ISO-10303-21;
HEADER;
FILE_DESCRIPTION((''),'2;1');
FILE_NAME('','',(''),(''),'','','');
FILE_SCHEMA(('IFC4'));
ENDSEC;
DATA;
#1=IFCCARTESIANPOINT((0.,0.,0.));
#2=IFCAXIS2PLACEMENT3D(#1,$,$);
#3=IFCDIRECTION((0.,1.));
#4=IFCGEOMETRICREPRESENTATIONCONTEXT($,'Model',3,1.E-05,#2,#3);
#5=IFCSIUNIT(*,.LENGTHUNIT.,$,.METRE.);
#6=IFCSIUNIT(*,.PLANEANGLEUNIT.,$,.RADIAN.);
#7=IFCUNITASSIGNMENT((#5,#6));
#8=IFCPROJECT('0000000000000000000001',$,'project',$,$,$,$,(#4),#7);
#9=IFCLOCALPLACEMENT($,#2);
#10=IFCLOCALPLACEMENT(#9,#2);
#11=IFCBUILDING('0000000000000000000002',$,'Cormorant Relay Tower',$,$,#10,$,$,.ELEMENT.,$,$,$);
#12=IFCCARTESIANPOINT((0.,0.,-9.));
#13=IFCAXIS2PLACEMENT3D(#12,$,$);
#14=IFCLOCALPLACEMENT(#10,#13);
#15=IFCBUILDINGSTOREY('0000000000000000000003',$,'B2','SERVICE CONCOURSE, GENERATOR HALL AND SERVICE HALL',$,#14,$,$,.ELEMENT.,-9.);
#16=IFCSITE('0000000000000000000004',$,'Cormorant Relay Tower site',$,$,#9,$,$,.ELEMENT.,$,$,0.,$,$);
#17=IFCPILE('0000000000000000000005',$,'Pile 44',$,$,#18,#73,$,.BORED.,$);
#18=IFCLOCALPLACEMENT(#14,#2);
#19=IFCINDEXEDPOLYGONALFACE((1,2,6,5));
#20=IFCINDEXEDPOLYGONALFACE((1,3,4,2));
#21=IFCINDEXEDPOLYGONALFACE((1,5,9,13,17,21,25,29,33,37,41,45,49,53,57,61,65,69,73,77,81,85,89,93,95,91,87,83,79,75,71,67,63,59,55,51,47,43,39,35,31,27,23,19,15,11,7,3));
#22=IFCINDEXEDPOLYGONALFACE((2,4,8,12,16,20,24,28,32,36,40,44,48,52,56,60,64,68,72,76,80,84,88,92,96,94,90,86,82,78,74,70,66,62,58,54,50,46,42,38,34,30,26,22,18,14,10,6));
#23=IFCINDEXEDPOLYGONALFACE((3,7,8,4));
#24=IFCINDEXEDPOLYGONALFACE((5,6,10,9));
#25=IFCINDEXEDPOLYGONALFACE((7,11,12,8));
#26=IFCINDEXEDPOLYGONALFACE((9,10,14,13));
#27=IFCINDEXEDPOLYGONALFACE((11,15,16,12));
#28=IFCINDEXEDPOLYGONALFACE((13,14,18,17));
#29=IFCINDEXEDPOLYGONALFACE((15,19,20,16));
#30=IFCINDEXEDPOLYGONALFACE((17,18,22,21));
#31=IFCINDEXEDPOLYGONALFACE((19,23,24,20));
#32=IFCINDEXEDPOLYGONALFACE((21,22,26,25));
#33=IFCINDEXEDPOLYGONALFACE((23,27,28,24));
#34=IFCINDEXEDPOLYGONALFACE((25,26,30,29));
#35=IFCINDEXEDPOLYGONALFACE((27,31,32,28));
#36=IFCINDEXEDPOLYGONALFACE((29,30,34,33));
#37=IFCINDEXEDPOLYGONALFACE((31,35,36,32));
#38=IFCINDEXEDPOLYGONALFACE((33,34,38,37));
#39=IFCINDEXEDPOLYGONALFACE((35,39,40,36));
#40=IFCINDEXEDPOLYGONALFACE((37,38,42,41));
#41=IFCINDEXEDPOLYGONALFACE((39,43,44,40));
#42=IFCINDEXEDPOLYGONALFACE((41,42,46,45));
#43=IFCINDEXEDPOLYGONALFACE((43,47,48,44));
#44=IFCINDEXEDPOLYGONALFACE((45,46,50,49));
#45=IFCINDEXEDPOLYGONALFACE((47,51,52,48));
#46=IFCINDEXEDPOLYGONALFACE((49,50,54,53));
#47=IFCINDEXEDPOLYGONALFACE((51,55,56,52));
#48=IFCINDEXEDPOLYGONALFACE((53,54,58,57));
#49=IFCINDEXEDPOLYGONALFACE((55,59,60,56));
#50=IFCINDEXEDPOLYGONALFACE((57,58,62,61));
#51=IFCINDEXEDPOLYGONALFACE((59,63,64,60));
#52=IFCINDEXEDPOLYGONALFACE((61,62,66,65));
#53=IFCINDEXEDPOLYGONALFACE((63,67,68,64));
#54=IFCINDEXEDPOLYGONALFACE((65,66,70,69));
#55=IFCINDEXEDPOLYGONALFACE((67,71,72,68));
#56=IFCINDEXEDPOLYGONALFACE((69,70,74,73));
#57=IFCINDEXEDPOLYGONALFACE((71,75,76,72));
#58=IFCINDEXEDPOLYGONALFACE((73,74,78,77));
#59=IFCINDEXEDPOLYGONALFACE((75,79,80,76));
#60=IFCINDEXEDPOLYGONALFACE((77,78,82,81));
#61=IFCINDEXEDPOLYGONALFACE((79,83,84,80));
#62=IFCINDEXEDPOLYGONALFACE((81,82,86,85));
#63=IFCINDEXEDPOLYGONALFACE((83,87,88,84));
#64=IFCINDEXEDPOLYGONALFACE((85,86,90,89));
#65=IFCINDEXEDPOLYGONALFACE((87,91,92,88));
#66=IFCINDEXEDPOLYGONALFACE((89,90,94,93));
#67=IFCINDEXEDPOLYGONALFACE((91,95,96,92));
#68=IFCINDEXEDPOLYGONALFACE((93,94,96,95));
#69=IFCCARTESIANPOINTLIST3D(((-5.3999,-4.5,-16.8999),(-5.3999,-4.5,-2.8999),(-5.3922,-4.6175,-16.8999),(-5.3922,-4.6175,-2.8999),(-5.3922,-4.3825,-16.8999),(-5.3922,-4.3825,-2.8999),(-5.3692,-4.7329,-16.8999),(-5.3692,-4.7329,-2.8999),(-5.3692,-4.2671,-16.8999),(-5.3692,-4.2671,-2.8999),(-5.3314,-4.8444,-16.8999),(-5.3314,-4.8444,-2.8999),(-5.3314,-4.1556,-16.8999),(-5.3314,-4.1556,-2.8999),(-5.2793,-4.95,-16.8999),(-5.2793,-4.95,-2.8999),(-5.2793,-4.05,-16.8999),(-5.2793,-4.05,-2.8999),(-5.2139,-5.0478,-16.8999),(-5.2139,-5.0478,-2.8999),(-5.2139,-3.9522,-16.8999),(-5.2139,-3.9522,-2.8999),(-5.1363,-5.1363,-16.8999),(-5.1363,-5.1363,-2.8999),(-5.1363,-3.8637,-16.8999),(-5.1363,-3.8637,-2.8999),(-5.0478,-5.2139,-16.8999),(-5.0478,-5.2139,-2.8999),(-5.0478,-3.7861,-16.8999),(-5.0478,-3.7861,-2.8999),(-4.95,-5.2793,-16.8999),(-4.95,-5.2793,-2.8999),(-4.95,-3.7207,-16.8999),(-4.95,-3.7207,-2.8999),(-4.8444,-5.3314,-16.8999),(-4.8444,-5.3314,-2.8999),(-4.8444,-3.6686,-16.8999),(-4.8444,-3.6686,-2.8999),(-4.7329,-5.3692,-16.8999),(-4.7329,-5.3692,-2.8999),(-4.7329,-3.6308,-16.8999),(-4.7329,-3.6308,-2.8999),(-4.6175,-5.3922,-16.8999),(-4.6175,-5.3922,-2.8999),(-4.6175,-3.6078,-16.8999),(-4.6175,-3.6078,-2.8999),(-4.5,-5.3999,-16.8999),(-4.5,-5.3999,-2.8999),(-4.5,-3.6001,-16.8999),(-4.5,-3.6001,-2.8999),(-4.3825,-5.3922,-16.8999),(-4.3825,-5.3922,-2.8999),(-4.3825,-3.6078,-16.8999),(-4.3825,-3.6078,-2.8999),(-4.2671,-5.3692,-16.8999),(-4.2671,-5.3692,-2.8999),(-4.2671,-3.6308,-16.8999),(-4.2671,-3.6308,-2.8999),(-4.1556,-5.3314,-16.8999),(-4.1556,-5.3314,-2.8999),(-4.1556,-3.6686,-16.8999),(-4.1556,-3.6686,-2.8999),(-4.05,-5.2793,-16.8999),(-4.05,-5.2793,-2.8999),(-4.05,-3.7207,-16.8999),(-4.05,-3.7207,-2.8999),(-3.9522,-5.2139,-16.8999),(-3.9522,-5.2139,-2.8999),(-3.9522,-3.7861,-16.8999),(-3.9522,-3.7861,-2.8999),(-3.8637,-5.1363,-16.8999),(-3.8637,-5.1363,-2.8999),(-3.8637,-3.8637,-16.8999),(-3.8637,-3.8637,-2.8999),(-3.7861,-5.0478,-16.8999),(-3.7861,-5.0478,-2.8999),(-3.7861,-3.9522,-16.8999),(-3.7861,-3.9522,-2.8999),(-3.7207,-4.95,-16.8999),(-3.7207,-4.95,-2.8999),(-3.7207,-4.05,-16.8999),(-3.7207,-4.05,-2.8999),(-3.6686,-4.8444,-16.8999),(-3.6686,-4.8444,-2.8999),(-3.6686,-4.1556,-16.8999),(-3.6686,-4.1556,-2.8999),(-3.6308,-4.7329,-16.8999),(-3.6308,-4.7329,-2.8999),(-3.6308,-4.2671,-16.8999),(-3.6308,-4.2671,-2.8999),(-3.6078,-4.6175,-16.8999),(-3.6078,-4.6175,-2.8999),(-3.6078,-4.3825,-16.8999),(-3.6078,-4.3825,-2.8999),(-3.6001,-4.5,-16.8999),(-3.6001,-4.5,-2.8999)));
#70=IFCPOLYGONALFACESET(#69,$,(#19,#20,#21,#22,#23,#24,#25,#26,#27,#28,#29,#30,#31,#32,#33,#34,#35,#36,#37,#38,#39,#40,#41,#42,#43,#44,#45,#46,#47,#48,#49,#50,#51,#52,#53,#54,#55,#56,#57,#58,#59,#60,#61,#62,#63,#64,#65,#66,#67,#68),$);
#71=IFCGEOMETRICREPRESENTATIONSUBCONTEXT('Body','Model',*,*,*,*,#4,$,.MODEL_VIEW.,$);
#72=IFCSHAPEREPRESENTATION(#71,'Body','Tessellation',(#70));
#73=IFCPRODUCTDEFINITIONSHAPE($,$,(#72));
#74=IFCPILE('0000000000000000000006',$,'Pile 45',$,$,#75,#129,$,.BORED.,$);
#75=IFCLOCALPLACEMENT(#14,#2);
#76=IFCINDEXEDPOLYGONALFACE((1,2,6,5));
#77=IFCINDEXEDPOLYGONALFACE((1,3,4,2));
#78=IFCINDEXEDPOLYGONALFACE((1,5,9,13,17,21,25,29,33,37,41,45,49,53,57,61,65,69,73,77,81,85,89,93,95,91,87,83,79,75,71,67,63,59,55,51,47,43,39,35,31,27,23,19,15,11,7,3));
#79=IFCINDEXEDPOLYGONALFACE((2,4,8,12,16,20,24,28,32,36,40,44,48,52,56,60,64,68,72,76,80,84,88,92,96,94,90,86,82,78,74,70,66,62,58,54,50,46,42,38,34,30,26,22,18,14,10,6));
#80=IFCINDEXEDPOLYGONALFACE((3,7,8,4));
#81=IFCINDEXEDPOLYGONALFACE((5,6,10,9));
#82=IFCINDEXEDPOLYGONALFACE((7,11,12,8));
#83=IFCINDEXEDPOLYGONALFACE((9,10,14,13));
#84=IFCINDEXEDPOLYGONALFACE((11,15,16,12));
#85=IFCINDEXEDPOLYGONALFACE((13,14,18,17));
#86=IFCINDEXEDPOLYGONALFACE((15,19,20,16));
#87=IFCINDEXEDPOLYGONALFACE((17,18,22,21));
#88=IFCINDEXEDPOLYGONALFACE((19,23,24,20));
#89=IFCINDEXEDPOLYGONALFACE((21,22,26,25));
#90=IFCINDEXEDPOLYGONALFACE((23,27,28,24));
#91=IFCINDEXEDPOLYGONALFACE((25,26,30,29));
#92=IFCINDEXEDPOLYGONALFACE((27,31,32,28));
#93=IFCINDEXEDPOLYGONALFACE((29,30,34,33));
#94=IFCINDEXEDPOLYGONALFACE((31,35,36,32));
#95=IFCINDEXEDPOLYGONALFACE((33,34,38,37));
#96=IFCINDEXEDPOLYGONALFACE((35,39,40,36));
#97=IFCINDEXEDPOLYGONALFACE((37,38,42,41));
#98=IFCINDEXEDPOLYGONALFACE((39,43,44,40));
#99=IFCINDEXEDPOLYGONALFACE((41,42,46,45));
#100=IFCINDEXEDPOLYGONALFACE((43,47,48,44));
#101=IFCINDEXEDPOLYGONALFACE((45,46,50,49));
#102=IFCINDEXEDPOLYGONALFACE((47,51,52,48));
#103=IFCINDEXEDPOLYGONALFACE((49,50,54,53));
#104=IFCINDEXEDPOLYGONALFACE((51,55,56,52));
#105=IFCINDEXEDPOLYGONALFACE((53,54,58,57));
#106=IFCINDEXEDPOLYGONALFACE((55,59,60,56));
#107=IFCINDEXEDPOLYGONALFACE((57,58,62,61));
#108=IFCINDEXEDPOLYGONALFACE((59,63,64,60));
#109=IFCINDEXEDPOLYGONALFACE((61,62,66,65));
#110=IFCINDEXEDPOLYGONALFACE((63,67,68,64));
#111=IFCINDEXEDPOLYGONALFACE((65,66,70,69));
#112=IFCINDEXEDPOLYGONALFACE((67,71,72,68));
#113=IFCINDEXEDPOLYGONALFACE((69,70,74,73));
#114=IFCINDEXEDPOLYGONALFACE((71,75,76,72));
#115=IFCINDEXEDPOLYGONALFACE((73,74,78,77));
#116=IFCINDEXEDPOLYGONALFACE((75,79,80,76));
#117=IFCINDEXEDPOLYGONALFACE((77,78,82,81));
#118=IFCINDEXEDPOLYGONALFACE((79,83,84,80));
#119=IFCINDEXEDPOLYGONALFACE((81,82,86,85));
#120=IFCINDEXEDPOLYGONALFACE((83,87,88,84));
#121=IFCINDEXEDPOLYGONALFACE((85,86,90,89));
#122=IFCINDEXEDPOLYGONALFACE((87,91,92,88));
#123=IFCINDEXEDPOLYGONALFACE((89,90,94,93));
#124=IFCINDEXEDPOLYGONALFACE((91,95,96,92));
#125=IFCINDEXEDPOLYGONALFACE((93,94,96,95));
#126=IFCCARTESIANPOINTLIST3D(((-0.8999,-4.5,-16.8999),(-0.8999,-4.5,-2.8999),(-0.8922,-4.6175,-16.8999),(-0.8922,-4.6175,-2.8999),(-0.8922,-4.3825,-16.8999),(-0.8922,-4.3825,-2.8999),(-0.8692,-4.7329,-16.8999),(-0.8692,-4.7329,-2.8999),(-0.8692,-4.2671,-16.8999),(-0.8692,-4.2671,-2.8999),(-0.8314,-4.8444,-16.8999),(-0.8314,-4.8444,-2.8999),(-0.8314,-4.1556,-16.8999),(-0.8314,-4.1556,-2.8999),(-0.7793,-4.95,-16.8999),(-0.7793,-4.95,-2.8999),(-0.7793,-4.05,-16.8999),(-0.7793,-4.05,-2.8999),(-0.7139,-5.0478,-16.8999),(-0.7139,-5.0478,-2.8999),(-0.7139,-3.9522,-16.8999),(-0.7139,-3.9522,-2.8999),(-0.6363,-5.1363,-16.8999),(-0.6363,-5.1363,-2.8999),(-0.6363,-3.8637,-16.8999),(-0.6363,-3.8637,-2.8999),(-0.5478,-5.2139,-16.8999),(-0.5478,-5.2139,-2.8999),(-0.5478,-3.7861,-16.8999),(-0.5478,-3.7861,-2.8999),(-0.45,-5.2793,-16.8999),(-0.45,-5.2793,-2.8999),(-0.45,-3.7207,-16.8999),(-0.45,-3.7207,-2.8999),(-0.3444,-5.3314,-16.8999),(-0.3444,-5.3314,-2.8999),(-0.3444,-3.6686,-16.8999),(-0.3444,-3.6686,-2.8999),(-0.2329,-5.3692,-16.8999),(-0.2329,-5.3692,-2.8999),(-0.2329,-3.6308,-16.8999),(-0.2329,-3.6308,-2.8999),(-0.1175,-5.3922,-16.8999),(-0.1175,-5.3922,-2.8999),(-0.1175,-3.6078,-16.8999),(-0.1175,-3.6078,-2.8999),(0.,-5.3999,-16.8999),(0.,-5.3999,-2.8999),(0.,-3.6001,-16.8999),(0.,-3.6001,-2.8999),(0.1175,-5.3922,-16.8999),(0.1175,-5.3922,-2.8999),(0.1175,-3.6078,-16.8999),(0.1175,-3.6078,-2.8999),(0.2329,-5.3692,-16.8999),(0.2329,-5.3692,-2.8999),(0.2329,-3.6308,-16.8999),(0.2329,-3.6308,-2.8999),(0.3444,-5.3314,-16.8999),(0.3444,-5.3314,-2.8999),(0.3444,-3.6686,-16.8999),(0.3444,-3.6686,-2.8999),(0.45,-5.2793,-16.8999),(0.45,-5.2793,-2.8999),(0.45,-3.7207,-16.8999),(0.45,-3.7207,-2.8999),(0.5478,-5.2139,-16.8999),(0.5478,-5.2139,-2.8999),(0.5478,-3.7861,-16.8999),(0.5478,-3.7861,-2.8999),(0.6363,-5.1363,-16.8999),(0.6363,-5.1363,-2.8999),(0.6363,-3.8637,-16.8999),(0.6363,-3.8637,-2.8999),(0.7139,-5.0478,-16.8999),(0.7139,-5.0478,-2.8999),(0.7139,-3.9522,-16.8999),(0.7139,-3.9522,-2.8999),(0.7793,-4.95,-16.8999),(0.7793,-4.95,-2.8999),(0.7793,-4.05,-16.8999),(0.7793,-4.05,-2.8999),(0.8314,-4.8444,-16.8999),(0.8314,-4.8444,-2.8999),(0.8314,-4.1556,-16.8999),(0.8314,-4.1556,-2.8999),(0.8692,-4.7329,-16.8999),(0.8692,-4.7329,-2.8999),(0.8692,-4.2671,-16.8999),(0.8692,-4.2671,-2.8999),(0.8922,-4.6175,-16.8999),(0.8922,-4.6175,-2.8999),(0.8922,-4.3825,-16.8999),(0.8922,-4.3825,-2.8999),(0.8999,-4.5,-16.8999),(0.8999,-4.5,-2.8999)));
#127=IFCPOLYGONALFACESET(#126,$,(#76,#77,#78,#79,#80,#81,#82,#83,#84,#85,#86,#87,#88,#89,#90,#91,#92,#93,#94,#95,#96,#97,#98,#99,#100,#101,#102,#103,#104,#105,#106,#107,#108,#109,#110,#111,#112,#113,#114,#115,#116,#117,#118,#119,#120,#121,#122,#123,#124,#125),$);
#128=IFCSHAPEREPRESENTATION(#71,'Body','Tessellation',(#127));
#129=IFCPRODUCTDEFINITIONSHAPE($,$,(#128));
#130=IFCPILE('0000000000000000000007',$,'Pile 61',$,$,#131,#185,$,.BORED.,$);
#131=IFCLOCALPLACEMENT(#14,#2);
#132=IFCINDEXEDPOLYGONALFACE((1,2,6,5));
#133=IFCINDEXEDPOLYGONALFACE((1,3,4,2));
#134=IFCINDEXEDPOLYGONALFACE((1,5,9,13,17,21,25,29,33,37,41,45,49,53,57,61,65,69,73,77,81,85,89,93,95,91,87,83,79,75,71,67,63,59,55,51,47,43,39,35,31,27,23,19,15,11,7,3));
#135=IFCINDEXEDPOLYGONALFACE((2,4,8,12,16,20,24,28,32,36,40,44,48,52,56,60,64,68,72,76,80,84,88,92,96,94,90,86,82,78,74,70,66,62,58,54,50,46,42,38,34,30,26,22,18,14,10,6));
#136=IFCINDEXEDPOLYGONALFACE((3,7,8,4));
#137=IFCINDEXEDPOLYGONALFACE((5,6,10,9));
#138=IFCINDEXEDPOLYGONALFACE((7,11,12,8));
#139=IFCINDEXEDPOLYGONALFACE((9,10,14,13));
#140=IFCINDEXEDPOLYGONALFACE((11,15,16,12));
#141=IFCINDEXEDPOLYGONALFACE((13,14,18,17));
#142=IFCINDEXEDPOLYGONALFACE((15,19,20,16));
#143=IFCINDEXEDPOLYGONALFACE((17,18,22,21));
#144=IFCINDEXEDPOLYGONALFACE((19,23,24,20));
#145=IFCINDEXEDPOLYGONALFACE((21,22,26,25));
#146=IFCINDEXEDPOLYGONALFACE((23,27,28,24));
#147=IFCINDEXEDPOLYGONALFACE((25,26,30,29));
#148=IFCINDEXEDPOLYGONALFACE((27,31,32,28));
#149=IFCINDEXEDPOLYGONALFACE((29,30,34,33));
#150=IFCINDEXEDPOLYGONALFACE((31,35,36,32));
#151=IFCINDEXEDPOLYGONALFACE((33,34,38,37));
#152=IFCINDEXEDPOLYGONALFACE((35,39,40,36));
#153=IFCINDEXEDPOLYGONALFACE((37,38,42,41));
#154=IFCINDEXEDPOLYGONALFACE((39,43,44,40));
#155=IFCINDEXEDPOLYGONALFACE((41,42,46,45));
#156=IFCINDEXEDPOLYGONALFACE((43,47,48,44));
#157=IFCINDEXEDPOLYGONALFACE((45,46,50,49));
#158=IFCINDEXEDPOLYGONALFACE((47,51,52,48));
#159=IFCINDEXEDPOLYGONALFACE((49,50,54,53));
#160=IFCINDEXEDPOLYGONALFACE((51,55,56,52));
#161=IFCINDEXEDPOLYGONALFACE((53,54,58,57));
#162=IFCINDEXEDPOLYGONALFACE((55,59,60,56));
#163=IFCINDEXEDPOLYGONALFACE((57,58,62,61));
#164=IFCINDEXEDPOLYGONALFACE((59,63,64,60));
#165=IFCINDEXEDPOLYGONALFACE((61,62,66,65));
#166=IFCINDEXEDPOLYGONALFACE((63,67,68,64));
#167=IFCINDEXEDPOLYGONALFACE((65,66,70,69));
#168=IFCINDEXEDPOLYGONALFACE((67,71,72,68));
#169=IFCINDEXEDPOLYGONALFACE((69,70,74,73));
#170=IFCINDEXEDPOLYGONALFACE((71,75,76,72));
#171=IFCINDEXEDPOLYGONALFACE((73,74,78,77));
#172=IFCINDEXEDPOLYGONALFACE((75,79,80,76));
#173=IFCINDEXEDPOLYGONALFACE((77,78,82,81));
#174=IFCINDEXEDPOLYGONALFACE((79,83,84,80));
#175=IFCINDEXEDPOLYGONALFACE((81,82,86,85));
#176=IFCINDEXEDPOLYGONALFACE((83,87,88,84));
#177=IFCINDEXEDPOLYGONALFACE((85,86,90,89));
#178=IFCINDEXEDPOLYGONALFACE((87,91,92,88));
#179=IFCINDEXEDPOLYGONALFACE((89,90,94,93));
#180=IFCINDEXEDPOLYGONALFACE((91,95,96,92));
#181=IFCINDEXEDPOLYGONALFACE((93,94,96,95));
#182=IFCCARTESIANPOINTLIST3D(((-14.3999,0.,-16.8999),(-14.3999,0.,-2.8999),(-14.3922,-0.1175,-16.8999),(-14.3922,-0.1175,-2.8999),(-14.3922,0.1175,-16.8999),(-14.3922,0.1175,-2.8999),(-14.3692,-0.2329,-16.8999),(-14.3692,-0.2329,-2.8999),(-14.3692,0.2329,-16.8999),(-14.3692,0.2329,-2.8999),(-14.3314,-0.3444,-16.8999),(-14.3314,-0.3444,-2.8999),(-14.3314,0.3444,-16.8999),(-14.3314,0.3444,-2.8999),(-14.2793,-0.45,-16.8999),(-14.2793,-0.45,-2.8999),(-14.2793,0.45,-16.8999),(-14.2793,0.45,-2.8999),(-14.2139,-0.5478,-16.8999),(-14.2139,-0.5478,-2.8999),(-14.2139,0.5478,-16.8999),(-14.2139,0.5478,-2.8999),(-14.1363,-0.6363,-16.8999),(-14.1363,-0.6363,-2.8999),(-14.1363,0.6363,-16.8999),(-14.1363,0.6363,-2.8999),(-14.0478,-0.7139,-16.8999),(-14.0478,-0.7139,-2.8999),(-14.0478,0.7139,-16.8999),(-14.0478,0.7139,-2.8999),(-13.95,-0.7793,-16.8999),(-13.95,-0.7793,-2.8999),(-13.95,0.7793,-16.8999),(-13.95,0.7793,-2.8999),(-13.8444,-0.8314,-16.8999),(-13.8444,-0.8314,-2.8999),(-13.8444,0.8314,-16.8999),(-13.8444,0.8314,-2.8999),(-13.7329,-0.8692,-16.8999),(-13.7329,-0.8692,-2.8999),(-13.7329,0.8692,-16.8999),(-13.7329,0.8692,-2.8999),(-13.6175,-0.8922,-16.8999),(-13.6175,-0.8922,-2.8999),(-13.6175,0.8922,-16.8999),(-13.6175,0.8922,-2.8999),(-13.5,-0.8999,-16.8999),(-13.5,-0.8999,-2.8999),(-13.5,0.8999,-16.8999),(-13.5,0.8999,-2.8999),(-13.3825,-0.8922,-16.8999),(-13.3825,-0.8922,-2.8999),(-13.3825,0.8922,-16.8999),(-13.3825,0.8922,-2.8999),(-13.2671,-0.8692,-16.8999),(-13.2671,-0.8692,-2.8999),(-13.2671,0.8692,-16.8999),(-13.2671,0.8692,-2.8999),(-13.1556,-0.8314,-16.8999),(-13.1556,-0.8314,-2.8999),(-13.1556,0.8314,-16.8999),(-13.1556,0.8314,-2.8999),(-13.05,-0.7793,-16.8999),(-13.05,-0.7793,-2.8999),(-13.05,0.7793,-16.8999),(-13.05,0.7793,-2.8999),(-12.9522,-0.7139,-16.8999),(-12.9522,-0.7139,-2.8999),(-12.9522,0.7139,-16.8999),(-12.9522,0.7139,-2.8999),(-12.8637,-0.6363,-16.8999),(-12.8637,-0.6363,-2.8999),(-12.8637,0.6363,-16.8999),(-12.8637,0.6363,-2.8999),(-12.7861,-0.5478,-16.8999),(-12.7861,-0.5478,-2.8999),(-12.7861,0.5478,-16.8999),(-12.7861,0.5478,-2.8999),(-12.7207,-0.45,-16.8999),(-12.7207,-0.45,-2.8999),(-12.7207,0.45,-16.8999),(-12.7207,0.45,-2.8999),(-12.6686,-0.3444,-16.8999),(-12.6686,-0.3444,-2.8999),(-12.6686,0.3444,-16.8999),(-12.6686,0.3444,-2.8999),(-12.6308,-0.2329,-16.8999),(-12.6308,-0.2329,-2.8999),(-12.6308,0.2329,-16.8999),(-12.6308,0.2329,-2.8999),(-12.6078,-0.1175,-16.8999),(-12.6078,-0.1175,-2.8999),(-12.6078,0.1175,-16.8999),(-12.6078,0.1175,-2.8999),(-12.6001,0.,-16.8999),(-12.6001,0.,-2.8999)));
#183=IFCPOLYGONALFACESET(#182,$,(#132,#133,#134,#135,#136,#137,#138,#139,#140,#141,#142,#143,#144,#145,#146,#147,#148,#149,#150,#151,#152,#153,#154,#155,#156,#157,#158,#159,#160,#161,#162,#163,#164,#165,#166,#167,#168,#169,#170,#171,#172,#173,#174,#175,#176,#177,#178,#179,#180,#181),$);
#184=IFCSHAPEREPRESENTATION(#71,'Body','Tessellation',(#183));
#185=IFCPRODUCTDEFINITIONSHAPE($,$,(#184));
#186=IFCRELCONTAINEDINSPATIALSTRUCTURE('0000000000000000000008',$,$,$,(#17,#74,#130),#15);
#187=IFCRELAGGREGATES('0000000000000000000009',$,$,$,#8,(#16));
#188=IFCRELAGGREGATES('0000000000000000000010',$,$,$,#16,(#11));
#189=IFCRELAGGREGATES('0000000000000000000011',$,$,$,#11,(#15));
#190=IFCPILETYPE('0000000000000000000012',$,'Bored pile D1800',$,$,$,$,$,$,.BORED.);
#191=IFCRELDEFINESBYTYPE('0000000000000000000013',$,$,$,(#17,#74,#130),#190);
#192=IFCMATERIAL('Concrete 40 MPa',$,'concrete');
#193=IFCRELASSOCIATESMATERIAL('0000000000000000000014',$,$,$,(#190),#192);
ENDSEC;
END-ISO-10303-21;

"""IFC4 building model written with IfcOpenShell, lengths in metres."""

from ifc_helpers import new_model, si_unit, direction, frame, origin, origin_2d, place, context, subcontext, project, spatial, circle, extrude, material, material_profile, profile_set, type_object, element, save


model = new_model("IFC4")

# Units and contexts
model_context = context("Model", 3, precision=1e-05, world=origin(), true_north=direction((0.0, 1.0)))
body_context = subcontext(model_context, "Body", "Model", "MODEL_VIEW")
ifc_project = project(units=[si_unit("LENGTHUNIT", "METRE"), si_unit("PLANEANGLEUNIT", "RADIAN")], contexts=[model_context])

# Site, building, storey
site_placement = place(None, origin())
site = spatial("IfcSite", under=ifc_project, at=site_placement, Name="Cormorant Relay Tower site", CompositionType="ELEMENT", RefElevation=0.0)
building_placement = place(site_placement, origin())
building = spatial("IfcBuilding", under=site, at=building_placement, Name="Cormorant Relay Tower", CompositionType="ELEMENT")
storey_placement = place(building_placement, frame((0.0, 0.0, -9.0)))
storey = spatial("IfcBuildingStorey", under=building, at=storey_placement, Name="B2", Description="SERVICE CONCOURSE, GENERATOR HALL AND SERVICE HALL", CompositionType="ELEMENT", Elevation=-9.0)

# Piles
ifc_material_1 = material(Name="Concrete 40 MPa", Category="concrete")
ifc_material_profile_1 = material_profile(ifc_material_1, circle(Radius=0.8999, at=origin_2d()), Name="BP1800")
ifc_profile_set_1 = profile_set([ifc_material_profile_1], Name="Concrete 40 MPa")
pile_type = type_object("IfcPileType", Name="Bored pile D1800", PredefinedType="BORED", material=ifc_profile_set_1)
for number, where, z_axis, x_axis, name in (
    (1, (-4.5, -4.5, -2.8999), (0.0, 0.0, -1.0), (1.0, 0.0, 0.0), "Pile 44"),
    (2, (0.0, -4.5, -2.8999), (0.0, 0.0, -1.0), (1.0, 0.0, 0.0), "Pile 45"),
    (3, (-13.5, 0.0, -2.8999), (0.0, 0.0, -1.0), (1.0, 0.0, 0.0), "Pile 61"),
):
    element("IfcPile", number, at=place(storey_placement, frame(where, z_axis=z_axis, x_axis=x_axis)), inside=storey, type_object=pile_type, Name=name, PredefinedType="BORED", context=body_context, shape_type="SweptSolid", body=[
        extrude(circle(Radius=0.8999, at=origin_2d()), origin(), (0.0, 0.0, 1.0), 14.0),
    ])

save(model, "model.ifc")
